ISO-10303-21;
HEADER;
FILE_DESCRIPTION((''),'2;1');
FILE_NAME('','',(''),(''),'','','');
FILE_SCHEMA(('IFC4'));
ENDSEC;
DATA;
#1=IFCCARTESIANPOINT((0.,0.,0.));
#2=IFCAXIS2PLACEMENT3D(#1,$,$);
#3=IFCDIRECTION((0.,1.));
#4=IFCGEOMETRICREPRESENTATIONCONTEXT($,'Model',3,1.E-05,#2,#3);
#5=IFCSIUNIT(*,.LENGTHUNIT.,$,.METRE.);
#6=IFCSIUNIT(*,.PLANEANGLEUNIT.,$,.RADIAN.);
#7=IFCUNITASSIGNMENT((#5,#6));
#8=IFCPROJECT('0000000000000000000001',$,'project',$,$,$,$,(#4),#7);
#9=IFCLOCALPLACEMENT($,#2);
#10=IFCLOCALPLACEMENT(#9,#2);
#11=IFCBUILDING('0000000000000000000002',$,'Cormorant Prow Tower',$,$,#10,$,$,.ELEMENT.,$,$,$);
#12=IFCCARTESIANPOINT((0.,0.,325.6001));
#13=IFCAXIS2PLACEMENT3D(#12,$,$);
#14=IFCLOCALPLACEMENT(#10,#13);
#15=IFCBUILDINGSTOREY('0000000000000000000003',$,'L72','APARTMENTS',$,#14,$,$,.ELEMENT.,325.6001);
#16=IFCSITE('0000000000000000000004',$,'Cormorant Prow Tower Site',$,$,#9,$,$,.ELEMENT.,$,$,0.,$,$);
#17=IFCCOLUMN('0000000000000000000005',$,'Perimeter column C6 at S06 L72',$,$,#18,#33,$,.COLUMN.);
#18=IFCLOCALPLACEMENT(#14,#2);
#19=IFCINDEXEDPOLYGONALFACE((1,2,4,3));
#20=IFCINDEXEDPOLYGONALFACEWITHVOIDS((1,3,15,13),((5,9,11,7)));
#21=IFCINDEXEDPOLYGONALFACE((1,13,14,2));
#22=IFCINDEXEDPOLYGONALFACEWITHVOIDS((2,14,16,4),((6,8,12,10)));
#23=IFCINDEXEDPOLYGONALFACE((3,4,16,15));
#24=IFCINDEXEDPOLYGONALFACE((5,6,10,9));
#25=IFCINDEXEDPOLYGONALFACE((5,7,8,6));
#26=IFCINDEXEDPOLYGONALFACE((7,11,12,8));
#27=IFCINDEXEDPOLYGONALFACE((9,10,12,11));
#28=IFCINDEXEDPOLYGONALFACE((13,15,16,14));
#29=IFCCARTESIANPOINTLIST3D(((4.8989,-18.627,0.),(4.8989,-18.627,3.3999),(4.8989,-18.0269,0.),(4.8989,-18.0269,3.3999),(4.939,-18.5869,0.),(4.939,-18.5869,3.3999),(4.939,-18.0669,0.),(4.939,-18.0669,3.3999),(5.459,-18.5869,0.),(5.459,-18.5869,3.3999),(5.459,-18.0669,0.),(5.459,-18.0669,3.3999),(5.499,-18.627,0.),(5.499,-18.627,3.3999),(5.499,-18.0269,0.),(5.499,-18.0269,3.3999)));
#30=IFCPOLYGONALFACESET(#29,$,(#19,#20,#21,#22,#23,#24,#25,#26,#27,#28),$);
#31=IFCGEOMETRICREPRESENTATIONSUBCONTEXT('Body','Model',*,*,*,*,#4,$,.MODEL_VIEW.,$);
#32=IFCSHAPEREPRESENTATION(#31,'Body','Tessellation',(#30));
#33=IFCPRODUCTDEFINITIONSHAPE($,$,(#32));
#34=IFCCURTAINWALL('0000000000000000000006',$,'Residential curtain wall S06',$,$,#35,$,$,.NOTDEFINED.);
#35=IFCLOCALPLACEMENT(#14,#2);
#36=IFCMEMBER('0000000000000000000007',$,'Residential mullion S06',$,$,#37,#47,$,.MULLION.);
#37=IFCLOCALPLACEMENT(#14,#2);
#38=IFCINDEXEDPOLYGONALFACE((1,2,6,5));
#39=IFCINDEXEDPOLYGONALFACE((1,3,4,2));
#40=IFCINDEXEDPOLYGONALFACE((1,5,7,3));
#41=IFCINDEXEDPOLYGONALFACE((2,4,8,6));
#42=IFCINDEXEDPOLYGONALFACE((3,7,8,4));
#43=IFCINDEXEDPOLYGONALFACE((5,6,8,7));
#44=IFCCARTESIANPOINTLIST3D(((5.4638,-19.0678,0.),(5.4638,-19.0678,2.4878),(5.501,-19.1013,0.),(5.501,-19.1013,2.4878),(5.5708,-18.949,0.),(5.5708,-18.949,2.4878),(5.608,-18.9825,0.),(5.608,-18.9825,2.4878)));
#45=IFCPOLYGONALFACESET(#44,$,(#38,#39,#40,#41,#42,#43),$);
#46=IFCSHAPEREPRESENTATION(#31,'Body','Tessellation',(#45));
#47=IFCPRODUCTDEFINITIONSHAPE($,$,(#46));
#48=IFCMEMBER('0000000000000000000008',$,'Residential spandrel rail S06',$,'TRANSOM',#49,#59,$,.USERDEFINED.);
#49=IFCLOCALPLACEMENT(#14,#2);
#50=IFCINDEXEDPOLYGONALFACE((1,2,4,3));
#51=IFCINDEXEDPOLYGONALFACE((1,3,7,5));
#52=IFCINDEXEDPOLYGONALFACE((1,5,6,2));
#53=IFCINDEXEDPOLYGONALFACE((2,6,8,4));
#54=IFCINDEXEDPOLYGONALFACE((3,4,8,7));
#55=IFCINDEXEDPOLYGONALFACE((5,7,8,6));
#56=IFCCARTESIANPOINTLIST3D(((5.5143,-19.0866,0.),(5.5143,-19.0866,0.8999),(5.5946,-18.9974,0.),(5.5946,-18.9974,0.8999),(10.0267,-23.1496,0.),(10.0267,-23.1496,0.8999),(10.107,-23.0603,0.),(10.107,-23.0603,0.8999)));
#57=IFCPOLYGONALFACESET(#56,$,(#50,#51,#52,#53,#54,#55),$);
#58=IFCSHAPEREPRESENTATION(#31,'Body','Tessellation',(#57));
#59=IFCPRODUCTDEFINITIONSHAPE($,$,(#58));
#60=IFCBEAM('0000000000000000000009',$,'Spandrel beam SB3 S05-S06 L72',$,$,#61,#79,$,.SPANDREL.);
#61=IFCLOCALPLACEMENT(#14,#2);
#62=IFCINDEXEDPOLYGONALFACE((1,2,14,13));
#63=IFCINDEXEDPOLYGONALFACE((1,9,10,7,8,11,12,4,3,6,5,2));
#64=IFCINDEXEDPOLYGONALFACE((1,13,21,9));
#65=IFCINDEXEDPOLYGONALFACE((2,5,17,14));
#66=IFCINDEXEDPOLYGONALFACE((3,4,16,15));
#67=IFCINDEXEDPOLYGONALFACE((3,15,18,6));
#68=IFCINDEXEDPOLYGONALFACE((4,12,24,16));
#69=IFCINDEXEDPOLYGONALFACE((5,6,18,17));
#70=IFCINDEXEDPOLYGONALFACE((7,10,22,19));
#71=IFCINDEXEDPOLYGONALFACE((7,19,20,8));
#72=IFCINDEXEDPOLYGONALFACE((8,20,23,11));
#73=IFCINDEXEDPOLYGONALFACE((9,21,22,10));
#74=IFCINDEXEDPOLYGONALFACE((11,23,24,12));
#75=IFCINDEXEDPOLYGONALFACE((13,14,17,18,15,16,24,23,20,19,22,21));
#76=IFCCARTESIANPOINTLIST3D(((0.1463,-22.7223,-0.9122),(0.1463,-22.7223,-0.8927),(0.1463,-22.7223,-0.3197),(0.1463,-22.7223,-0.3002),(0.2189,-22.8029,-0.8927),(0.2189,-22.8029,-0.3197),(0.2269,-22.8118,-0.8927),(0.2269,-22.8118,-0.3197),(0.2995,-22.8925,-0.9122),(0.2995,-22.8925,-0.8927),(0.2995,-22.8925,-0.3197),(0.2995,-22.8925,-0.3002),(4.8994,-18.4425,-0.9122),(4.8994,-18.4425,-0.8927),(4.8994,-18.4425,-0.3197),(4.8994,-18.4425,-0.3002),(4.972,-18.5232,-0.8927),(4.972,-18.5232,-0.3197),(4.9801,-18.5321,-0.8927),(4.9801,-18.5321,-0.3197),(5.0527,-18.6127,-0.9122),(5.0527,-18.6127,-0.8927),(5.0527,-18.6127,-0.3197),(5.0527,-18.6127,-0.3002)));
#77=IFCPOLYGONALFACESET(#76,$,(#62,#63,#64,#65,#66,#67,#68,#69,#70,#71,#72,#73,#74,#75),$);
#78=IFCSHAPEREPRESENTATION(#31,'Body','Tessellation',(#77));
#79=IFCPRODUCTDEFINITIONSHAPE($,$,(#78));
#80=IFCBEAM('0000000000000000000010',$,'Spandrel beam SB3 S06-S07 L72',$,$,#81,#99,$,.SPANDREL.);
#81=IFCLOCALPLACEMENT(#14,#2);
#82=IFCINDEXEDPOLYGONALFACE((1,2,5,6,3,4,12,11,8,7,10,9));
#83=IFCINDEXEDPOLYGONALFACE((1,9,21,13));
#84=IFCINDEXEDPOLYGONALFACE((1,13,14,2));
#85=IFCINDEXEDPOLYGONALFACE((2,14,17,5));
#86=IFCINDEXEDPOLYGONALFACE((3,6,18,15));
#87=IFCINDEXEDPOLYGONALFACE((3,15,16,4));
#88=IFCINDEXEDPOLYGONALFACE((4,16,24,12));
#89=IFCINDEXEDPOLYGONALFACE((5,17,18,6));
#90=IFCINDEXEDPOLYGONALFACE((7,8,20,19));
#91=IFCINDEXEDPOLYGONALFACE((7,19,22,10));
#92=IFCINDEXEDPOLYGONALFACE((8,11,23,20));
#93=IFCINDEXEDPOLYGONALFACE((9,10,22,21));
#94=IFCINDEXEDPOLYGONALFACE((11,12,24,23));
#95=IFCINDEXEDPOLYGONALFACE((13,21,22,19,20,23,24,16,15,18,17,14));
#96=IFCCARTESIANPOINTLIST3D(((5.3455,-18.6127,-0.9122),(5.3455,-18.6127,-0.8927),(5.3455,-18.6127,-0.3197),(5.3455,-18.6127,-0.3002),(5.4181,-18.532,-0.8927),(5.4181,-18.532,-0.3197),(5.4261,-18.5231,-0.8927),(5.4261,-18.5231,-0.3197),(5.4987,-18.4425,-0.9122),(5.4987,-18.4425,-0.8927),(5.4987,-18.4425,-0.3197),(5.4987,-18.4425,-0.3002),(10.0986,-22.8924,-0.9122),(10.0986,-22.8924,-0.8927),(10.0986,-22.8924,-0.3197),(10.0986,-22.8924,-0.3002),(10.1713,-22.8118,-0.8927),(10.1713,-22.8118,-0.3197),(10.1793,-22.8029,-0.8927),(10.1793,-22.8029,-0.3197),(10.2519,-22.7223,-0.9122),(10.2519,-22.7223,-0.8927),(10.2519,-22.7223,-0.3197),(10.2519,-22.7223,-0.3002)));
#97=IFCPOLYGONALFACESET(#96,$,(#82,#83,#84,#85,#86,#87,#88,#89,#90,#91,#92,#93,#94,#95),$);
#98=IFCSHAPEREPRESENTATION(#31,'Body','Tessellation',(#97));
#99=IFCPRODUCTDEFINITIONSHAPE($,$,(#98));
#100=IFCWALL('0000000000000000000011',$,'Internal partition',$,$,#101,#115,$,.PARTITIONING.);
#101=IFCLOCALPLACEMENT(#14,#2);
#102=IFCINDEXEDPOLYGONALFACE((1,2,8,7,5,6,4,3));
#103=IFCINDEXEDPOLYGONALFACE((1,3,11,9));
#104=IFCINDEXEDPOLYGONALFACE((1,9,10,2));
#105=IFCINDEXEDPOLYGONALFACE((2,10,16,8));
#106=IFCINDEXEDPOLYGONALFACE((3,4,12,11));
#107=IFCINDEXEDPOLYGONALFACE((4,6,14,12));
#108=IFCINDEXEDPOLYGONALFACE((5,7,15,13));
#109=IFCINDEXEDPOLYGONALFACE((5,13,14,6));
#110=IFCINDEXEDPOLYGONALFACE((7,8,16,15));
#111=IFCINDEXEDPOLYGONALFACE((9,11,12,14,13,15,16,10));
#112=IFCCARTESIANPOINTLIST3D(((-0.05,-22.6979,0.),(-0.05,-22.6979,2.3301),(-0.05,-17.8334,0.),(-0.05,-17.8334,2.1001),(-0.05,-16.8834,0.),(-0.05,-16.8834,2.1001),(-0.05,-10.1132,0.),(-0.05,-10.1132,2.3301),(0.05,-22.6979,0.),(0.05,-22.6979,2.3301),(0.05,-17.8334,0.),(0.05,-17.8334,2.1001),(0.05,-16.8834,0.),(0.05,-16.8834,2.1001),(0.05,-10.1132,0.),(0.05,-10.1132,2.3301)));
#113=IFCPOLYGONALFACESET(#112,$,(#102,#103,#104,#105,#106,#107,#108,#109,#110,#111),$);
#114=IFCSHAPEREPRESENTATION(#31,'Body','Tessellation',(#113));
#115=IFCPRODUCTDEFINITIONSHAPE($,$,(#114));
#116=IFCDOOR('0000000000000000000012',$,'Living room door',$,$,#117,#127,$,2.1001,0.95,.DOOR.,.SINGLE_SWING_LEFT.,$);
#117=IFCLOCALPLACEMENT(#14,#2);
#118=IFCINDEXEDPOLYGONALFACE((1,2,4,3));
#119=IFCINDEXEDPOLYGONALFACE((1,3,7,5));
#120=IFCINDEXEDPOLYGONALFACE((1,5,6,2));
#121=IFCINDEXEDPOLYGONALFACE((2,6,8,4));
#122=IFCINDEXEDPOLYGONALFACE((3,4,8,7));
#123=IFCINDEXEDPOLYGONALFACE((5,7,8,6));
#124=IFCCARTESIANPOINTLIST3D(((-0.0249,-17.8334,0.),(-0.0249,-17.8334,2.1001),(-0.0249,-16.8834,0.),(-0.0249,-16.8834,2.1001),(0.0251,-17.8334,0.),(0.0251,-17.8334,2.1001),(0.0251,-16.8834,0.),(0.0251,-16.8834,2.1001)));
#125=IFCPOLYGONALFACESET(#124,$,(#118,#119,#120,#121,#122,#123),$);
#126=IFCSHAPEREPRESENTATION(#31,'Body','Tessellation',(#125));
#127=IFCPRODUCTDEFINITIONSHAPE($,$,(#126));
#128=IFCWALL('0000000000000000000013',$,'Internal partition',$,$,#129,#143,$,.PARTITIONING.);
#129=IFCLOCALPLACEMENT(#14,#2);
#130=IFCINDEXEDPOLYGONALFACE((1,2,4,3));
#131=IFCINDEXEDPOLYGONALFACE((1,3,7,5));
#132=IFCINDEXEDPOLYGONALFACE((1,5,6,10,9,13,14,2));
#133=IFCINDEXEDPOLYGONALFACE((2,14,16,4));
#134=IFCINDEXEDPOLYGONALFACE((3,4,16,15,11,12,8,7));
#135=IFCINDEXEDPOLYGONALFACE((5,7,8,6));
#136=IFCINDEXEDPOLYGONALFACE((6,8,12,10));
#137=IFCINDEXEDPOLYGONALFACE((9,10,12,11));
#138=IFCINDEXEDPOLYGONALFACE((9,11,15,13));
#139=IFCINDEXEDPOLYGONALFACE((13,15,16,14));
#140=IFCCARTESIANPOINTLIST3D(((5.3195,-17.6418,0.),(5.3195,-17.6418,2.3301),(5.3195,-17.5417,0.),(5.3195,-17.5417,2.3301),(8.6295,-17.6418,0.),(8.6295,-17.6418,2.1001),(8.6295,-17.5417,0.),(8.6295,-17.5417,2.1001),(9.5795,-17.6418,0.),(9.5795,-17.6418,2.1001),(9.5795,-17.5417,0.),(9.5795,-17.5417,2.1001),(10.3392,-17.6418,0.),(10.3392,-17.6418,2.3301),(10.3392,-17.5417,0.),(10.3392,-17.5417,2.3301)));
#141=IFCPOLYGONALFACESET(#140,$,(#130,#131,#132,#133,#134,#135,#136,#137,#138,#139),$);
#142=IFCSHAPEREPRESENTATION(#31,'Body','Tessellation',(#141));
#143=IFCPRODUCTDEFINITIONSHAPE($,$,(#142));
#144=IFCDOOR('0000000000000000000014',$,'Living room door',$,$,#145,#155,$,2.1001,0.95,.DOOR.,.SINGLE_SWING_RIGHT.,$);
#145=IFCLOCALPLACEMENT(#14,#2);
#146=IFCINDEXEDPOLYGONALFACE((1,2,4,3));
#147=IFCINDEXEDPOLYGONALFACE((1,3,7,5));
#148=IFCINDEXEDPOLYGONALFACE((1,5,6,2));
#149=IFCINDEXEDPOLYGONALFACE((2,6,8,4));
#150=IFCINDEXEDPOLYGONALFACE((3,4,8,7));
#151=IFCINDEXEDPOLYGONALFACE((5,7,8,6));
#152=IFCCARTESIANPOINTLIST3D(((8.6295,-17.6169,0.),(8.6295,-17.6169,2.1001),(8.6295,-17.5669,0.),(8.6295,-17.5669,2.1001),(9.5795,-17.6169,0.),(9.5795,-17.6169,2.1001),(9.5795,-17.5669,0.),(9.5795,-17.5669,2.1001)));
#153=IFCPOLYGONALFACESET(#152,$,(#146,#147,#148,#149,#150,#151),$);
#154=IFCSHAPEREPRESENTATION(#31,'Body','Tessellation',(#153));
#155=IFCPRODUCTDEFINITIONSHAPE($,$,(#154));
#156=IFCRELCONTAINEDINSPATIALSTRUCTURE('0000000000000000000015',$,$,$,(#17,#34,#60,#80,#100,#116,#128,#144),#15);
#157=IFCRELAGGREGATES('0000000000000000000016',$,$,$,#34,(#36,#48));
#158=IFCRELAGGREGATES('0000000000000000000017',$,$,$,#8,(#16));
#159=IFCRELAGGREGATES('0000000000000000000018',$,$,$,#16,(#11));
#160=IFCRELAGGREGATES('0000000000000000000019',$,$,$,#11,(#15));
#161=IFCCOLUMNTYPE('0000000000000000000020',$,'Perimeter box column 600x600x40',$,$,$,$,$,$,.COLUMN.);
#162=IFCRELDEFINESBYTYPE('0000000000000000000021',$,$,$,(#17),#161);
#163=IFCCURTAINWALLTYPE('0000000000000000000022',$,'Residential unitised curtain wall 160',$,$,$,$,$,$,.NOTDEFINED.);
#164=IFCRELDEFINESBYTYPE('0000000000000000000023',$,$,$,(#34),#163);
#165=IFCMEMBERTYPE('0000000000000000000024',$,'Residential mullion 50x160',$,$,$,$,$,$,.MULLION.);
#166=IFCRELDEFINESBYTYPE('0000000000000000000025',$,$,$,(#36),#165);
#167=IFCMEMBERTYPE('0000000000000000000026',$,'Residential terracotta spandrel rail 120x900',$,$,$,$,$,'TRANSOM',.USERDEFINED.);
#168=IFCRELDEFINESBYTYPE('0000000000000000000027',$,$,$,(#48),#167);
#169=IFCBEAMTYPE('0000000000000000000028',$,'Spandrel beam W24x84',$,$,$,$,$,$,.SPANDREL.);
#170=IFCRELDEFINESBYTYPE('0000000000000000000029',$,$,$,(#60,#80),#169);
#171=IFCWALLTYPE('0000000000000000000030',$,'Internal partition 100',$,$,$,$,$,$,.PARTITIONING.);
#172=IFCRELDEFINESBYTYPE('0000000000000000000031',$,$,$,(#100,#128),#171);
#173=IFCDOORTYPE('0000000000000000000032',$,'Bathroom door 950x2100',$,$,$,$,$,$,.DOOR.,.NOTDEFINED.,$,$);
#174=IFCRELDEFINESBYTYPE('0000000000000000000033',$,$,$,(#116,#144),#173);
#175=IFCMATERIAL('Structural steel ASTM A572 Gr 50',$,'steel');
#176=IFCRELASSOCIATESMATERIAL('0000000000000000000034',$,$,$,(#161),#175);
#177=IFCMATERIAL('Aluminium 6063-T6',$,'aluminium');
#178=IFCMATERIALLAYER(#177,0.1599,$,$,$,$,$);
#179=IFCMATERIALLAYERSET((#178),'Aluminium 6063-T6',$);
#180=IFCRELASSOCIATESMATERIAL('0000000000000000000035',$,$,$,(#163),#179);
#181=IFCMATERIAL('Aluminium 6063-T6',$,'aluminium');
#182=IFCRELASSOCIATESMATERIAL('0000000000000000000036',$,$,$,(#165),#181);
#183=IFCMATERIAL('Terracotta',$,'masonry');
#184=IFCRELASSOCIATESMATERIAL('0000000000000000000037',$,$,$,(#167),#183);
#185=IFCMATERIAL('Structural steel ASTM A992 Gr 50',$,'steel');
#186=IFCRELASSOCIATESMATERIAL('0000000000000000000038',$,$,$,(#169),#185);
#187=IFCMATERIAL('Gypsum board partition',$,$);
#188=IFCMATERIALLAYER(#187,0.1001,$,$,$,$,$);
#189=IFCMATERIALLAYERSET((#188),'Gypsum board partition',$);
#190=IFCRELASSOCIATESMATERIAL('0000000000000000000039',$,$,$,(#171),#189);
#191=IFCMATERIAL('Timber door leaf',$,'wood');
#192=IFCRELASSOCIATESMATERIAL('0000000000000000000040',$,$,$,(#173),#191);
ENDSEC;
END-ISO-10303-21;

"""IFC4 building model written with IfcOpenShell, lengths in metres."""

from ifc_helpers import new_model, si_unit, direction, frame, frame_2d, origin, origin_2d, place, context, subcontext, project, spatial, rectangle, hollow_rectangle, i_section, extrude, material, layer, layer_set, material_profile, profile_set, type_object, element, fill, aggregate, save


model = new_model("IFC4")

# Units and contexts
model_context = context("Model", 3, precision=1e-05, world=origin(), true_north=direction((0.0, 1.0)))
body_context = subcontext(model_context, "Body", "Model", "MODEL_VIEW")
ifc_project = project(units=[si_unit("LENGTHUNIT", "METRE"), si_unit("PLANEANGLEUNIT", "RADIAN")], contexts=[model_context])

# Site, building, storey
site_placement = place(None, origin())
site = spatial("IfcSite", under=ifc_project, at=site_placement, Name="Cormorant Prow Tower Site", CompositionType="ELEMENT", RefElevation=0.0)
building_placement = place(site_placement, origin())
building = spatial("IfcBuilding", under=site, at=building_placement, Name="Cormorant Prow Tower", CompositionType="ELEMENT")
storey_placement = place(building_placement, frame((0.0, 0.0, 325.6001)))
storey = spatial("IfcBuildingStorey", under=building, at=storey_placement, Name="L72", Description="APARTMENTS", CompositionType="ELEMENT", Elevation=325.6001)

# Column
ifc_material_1 = material(Name="Structural steel ASTM A572 Gr 50", Category="steel")
ifc_material_profile_1 = material_profile(ifc_material_1, hollow_rectangle(XDim=0.6001, YDim=0.6001, WallThickness=0.04, at=origin_2d()), Name="Box 600x600x40")
ifc_profile_set_1 = profile_set([ifc_material_profile_1], Name="Structural steel ASTM A572 Gr 50")
column_type = type_object("IfcColumnType", Name="Perimeter box column 600x600x40", PredefinedType="COLUMN", material=ifc_profile_set_1)
column_placement = place(storey_placement, frame((5.199, -18.3269, 0.0), z_axis=(0.0, 0.0, 1.0), x_axis=(1.0, 0.0, 0.0)))
element("IfcColumn", 1, at=column_placement, inside=storey, type_object=column_type, Name="Perimeter column C6 at S06 L72", PredefinedType="COLUMN", context=body_context, shape_type="SweptSolid", body=[
    extrude(hollow_rectangle(XDim=0.6001, YDim=0.6001, WallThickness=0.04, at=origin_2d()), origin(), (0.0, 0.0, 1.0), 3.3999),
])

# Curtain wall, members
ifc_material_2 = material(Name="Aluminium 6063-T6", Category="aluminium")
ifc_layer_1 = layer(ifc_material_2, 0.1599)
ifc_layer_set_1 = layer_set([ifc_layer_1], Name="Aluminium 6063-T6")
curtain_wall_type = type_object("IfcCurtainWallType", Name="Residential unitised curtain wall 160", PredefinedType="NOTDEFINED", material=ifc_layer_set_1)
curtain_wall_placement = place(storey_placement, origin())
curtain_wall = element("IfcCurtainWall", 2, at=curtain_wall_placement, inside=storey, type_object=curtain_wall_type, Name="Residential curtain wall S06", PredefinedType="NOTDEFINED")
ifc_material_3 = material(Name="Aluminium 6063-T6", Category="aluminium")
ifc_material_profile_2 = material_profile(ifc_material_3, rectangle(XDim=0.1599, YDim=0.05, at=origin_2d()), Name="Residential mullion 50x160")
ifc_profile_set_2 = profile_set([ifc_material_profile_2], Name="Aluminium 6063-T6")
member_type_1 = type_object("IfcMemberType", Name="Residential mullion 50x160", PredefinedType="MULLION", material=ifc_profile_set_2)
member_1_placement = place(storey_placement, frame((5.5359, -19.0251, 0.0), z_axis=(0.0, 0.0, 1.0), x_axis=(0.669131, 0.743145, 0.0)))
member_1 = element("IfcMember", 3, at=member_1_placement, type_object=member_type_1, Name="Residential mullion S06", PredefinedType="MULLION", context=body_context, shape_type="SweptSolid", body=[
    extrude(rectangle(XDim=0.1599, YDim=0.05, at=origin_2d()), origin(), (0.0, 0.0, 1.0), 2.4878),
])
ifc_material_4 = material(Name="Terracotta", Category="masonry")
ifc_material_profile_3 = material_profile(ifc_material_4, rectangle(XDim=0.1201, YDim=0.8999, at=origin_2d()), Name="Residential terracotta spandrel rail 120x900")
ifc_profile_set_3 = profile_set([ifc_material_profile_3], Name="Terracotta")
member_type_2 = type_object("IfcMemberType", Name="Residential terracotta spandrel rail 120x900", ElementType="TRANSOM", PredefinedType="USERDEFINED", material=ifc_profile_set_3)
member_2_placement = place(storey_placement, frame((5.5544, -19.042, 0.45), z_axis=(0.743148, -0.669127, 0.0), x_axis=(0.669127, 0.743148, 0.0)))
member_2 = element("IfcMember", 4, at=member_2_placement, type_object=member_type_2, Name="Residential spandrel rail S06", ObjectType="TRANSOM", PredefinedType="USERDEFINED", context=body_context, shape_type="SweptSolid", body=[
    extrude(rectangle(XDim=0.1201, YDim=0.8999, at=origin_2d()), origin(), (0.0, 0.0, 1.0), 6.072),
])
aggregate(curtain_wall, [member_1, member_2])

# Beams
ifc_material_5 = material(Name="Structural steel ASTM A992 Gr 50", Category="steel")
ifc_material_profile_4 = material_profile(ifc_material_5, i_section(OverallWidth=0.229, OverallDepth=0.6121, WebThickness=0.012, FlangeThickness=0.0195, at=origin_2d()), Name="W24x84")
ifc_profile_set_4 = profile_set([ifc_material_profile_4], Name="Structural steel ASTM A992 Gr 50")
beam_type = type_object("IfcBeamType", Name="Spandrel beam W24x84", PredefinedType="SPANDREL", material=ifc_profile_set_4)
for number, where, z_axis, x_axis, name in (
    (5, (0.2229, -22.8074, -0.6062), (0.743144, 0.669131, 0.0), (-0.669131, 0.743144, 0.0), "Spandrel beam SB3 S05-S06 L72"),
    (6, (5.4221, -18.5276, -0.6062), (0.743144, -0.669131, 0.0), (0.669131, 0.743144, 0.0), "Spandrel beam SB3 S06-S07 L72"),
):
    element("IfcBeam", number, at=place(storey_placement, frame(where, z_axis=z_axis, x_axis=x_axis)), inside=storey, type_object=beam_type, Name=name, PredefinedType="SPANDREL", context=body_context, shape_type="SweptSolid", body=[
        extrude(i_section(OverallWidth=0.229, OverallDepth=0.6121, WebThickness=0.012, FlangeThickness=0.0195, at=origin_2d()), origin(), (0.0, 0.0, 1.0), 6.396),
    ])

# Walls, openings, doors
ifc_material_6 = material(Name="Gypsum board partition")
ifc_layer_2 = layer(ifc_material_6, 0.1001)
ifc_layer_set_2 = layer_set([ifc_layer_2], Name="Gypsum board partition")
wall_type_1 = type_object("IfcWallType", Name="Internal partition 100", PredefinedType="PARTITIONING", material=ifc_layer_set_2)
wall_1_placement = place(storey_placement, frame((0.0, -22.698, 0.0), z_axis=(0.0, 0.0, 1.0), x_axis=(0.0, 1.0, 0.0)))
wall_1 = element("IfcWall", 7, at=wall_1_placement, inside=storey, type_object=wall_type_1, Name="Internal partition", PredefinedType="PARTITIONING", context=body_context, shape_type="SweptSolid", body=[
    extrude(rectangle(XDim=12.5847, YDim=0.1001, at=frame_2d((6.2925, 0.0))), origin(), (0.0, 0.0, 1.0), 2.3301),
])
opening_1_placement = place(wall_1_placement, frame((4.8645, 0.0, 0.0)))
opening_1 = element("IfcOpeningElement", 8, at=opening_1_placement, cuts=wall_1, PredefinedType="OPENING", context=body_context, shape_type="SweptSolid", body=[
    extrude(rectangle(XDim=0.95, YDim=2.1001, at=frame_2d((0.4751, 1.05))), frame((0.0, 0.0601, 0.0), z_axis=(0.0, -1.0, 0.0), x_axis=(1.0, 0.0, 0.0)), (0.0, 0.0, 1.0), 0.1201),
])
ifc_material_7 = material(Name="Timber door leaf", Category="wood")
door_type_1 = type_object("IfcDoorType", Name="Bathroom door 950x2100", OperationType="NOTDEFINED", PredefinedType="DOOR", material=ifc_material_7)
door_1_placement = place(opening_1_placement, origin())
door_1 = element("IfcDoor", 9, at=door_1_placement, inside=storey, type_object=door_type_1, Name="Living room door", OperationType="SINGLE_SWING_LEFT", OverallHeight=2.1001, OverallWidth=0.95, PredefinedType="DOOR", context=body_context, shape_type="SweptSolid", body=[
    extrude(rectangle(XDim=0.95, YDim=2.1001, at=frame_2d((0.4751, 1.05))), frame((0.0, 0.0249, 0.0), z_axis=(0.0, -1.0, 0.0), x_axis=(1.0, 0.0, 0.0)), (0.0, 0.0, 1.0), 0.05),
])
fill(opening_1, door_1)
wall_2_placement = place(storey_placement, frame((5.3196, -17.5918, 0.0), z_axis=(0.0, 0.0, 1.0), x_axis=(1.0, 0.0, 0.0)))
wall_2 = element("IfcWall", 10, at=wall_2_placement, inside=storey, type_object=wall_type_1, Name="Internal partition", PredefinedType="PARTITIONING", context=body_context, shape_type="SweptSolid", body=[
    extrude(rectangle(XDim=5.0198, YDim=0.1001, at=frame_2d((2.5098, 0.0))), origin(), (0.0, 0.0, 1.0), 2.3301),
])
opening_2_placement = place(wall_2_placement, frame((3.3098, 0.0, 0.0)))
opening_2 = element("IfcOpeningElement", 11, at=opening_2_placement, cuts=wall_2, PredefinedType="OPENING", context=body_context, shape_type="SweptSolid", body=[
    extrude(rectangle(XDim=0.95, YDim=2.1001, at=frame_2d((0.4751, 1.05))), frame((0.0, 0.0601, 0.0), z_axis=(0.0, -1.0, 0.0), x_axis=(1.0, 0.0, 0.0)), (0.0, 0.0, 1.0), 0.1201),
])
door_2_placement = place(opening_2_placement, origin())
door_2 = element("IfcDoor", 12, at=door_2_placement, inside=storey, type_object=door_type_1, Name="Living room door", OperationType="SINGLE_SWING_RIGHT", OverallHeight=2.1001, OverallWidth=0.95, PredefinedType="DOOR", context=body_context, shape_type="SweptSolid", body=[
    extrude(rectangle(XDim=0.95, YDim=2.1001, at=frame_2d((0.4751, 1.05))), frame((0.0, 0.0249, 0.0), z_axis=(0.0, -1.0, 0.0), x_axis=(1.0, 0.0, 0.0)), (0.0, 0.0, 1.0), 0.05),
])
fill(opening_2, door_2)

save(model, "model.ifc")
